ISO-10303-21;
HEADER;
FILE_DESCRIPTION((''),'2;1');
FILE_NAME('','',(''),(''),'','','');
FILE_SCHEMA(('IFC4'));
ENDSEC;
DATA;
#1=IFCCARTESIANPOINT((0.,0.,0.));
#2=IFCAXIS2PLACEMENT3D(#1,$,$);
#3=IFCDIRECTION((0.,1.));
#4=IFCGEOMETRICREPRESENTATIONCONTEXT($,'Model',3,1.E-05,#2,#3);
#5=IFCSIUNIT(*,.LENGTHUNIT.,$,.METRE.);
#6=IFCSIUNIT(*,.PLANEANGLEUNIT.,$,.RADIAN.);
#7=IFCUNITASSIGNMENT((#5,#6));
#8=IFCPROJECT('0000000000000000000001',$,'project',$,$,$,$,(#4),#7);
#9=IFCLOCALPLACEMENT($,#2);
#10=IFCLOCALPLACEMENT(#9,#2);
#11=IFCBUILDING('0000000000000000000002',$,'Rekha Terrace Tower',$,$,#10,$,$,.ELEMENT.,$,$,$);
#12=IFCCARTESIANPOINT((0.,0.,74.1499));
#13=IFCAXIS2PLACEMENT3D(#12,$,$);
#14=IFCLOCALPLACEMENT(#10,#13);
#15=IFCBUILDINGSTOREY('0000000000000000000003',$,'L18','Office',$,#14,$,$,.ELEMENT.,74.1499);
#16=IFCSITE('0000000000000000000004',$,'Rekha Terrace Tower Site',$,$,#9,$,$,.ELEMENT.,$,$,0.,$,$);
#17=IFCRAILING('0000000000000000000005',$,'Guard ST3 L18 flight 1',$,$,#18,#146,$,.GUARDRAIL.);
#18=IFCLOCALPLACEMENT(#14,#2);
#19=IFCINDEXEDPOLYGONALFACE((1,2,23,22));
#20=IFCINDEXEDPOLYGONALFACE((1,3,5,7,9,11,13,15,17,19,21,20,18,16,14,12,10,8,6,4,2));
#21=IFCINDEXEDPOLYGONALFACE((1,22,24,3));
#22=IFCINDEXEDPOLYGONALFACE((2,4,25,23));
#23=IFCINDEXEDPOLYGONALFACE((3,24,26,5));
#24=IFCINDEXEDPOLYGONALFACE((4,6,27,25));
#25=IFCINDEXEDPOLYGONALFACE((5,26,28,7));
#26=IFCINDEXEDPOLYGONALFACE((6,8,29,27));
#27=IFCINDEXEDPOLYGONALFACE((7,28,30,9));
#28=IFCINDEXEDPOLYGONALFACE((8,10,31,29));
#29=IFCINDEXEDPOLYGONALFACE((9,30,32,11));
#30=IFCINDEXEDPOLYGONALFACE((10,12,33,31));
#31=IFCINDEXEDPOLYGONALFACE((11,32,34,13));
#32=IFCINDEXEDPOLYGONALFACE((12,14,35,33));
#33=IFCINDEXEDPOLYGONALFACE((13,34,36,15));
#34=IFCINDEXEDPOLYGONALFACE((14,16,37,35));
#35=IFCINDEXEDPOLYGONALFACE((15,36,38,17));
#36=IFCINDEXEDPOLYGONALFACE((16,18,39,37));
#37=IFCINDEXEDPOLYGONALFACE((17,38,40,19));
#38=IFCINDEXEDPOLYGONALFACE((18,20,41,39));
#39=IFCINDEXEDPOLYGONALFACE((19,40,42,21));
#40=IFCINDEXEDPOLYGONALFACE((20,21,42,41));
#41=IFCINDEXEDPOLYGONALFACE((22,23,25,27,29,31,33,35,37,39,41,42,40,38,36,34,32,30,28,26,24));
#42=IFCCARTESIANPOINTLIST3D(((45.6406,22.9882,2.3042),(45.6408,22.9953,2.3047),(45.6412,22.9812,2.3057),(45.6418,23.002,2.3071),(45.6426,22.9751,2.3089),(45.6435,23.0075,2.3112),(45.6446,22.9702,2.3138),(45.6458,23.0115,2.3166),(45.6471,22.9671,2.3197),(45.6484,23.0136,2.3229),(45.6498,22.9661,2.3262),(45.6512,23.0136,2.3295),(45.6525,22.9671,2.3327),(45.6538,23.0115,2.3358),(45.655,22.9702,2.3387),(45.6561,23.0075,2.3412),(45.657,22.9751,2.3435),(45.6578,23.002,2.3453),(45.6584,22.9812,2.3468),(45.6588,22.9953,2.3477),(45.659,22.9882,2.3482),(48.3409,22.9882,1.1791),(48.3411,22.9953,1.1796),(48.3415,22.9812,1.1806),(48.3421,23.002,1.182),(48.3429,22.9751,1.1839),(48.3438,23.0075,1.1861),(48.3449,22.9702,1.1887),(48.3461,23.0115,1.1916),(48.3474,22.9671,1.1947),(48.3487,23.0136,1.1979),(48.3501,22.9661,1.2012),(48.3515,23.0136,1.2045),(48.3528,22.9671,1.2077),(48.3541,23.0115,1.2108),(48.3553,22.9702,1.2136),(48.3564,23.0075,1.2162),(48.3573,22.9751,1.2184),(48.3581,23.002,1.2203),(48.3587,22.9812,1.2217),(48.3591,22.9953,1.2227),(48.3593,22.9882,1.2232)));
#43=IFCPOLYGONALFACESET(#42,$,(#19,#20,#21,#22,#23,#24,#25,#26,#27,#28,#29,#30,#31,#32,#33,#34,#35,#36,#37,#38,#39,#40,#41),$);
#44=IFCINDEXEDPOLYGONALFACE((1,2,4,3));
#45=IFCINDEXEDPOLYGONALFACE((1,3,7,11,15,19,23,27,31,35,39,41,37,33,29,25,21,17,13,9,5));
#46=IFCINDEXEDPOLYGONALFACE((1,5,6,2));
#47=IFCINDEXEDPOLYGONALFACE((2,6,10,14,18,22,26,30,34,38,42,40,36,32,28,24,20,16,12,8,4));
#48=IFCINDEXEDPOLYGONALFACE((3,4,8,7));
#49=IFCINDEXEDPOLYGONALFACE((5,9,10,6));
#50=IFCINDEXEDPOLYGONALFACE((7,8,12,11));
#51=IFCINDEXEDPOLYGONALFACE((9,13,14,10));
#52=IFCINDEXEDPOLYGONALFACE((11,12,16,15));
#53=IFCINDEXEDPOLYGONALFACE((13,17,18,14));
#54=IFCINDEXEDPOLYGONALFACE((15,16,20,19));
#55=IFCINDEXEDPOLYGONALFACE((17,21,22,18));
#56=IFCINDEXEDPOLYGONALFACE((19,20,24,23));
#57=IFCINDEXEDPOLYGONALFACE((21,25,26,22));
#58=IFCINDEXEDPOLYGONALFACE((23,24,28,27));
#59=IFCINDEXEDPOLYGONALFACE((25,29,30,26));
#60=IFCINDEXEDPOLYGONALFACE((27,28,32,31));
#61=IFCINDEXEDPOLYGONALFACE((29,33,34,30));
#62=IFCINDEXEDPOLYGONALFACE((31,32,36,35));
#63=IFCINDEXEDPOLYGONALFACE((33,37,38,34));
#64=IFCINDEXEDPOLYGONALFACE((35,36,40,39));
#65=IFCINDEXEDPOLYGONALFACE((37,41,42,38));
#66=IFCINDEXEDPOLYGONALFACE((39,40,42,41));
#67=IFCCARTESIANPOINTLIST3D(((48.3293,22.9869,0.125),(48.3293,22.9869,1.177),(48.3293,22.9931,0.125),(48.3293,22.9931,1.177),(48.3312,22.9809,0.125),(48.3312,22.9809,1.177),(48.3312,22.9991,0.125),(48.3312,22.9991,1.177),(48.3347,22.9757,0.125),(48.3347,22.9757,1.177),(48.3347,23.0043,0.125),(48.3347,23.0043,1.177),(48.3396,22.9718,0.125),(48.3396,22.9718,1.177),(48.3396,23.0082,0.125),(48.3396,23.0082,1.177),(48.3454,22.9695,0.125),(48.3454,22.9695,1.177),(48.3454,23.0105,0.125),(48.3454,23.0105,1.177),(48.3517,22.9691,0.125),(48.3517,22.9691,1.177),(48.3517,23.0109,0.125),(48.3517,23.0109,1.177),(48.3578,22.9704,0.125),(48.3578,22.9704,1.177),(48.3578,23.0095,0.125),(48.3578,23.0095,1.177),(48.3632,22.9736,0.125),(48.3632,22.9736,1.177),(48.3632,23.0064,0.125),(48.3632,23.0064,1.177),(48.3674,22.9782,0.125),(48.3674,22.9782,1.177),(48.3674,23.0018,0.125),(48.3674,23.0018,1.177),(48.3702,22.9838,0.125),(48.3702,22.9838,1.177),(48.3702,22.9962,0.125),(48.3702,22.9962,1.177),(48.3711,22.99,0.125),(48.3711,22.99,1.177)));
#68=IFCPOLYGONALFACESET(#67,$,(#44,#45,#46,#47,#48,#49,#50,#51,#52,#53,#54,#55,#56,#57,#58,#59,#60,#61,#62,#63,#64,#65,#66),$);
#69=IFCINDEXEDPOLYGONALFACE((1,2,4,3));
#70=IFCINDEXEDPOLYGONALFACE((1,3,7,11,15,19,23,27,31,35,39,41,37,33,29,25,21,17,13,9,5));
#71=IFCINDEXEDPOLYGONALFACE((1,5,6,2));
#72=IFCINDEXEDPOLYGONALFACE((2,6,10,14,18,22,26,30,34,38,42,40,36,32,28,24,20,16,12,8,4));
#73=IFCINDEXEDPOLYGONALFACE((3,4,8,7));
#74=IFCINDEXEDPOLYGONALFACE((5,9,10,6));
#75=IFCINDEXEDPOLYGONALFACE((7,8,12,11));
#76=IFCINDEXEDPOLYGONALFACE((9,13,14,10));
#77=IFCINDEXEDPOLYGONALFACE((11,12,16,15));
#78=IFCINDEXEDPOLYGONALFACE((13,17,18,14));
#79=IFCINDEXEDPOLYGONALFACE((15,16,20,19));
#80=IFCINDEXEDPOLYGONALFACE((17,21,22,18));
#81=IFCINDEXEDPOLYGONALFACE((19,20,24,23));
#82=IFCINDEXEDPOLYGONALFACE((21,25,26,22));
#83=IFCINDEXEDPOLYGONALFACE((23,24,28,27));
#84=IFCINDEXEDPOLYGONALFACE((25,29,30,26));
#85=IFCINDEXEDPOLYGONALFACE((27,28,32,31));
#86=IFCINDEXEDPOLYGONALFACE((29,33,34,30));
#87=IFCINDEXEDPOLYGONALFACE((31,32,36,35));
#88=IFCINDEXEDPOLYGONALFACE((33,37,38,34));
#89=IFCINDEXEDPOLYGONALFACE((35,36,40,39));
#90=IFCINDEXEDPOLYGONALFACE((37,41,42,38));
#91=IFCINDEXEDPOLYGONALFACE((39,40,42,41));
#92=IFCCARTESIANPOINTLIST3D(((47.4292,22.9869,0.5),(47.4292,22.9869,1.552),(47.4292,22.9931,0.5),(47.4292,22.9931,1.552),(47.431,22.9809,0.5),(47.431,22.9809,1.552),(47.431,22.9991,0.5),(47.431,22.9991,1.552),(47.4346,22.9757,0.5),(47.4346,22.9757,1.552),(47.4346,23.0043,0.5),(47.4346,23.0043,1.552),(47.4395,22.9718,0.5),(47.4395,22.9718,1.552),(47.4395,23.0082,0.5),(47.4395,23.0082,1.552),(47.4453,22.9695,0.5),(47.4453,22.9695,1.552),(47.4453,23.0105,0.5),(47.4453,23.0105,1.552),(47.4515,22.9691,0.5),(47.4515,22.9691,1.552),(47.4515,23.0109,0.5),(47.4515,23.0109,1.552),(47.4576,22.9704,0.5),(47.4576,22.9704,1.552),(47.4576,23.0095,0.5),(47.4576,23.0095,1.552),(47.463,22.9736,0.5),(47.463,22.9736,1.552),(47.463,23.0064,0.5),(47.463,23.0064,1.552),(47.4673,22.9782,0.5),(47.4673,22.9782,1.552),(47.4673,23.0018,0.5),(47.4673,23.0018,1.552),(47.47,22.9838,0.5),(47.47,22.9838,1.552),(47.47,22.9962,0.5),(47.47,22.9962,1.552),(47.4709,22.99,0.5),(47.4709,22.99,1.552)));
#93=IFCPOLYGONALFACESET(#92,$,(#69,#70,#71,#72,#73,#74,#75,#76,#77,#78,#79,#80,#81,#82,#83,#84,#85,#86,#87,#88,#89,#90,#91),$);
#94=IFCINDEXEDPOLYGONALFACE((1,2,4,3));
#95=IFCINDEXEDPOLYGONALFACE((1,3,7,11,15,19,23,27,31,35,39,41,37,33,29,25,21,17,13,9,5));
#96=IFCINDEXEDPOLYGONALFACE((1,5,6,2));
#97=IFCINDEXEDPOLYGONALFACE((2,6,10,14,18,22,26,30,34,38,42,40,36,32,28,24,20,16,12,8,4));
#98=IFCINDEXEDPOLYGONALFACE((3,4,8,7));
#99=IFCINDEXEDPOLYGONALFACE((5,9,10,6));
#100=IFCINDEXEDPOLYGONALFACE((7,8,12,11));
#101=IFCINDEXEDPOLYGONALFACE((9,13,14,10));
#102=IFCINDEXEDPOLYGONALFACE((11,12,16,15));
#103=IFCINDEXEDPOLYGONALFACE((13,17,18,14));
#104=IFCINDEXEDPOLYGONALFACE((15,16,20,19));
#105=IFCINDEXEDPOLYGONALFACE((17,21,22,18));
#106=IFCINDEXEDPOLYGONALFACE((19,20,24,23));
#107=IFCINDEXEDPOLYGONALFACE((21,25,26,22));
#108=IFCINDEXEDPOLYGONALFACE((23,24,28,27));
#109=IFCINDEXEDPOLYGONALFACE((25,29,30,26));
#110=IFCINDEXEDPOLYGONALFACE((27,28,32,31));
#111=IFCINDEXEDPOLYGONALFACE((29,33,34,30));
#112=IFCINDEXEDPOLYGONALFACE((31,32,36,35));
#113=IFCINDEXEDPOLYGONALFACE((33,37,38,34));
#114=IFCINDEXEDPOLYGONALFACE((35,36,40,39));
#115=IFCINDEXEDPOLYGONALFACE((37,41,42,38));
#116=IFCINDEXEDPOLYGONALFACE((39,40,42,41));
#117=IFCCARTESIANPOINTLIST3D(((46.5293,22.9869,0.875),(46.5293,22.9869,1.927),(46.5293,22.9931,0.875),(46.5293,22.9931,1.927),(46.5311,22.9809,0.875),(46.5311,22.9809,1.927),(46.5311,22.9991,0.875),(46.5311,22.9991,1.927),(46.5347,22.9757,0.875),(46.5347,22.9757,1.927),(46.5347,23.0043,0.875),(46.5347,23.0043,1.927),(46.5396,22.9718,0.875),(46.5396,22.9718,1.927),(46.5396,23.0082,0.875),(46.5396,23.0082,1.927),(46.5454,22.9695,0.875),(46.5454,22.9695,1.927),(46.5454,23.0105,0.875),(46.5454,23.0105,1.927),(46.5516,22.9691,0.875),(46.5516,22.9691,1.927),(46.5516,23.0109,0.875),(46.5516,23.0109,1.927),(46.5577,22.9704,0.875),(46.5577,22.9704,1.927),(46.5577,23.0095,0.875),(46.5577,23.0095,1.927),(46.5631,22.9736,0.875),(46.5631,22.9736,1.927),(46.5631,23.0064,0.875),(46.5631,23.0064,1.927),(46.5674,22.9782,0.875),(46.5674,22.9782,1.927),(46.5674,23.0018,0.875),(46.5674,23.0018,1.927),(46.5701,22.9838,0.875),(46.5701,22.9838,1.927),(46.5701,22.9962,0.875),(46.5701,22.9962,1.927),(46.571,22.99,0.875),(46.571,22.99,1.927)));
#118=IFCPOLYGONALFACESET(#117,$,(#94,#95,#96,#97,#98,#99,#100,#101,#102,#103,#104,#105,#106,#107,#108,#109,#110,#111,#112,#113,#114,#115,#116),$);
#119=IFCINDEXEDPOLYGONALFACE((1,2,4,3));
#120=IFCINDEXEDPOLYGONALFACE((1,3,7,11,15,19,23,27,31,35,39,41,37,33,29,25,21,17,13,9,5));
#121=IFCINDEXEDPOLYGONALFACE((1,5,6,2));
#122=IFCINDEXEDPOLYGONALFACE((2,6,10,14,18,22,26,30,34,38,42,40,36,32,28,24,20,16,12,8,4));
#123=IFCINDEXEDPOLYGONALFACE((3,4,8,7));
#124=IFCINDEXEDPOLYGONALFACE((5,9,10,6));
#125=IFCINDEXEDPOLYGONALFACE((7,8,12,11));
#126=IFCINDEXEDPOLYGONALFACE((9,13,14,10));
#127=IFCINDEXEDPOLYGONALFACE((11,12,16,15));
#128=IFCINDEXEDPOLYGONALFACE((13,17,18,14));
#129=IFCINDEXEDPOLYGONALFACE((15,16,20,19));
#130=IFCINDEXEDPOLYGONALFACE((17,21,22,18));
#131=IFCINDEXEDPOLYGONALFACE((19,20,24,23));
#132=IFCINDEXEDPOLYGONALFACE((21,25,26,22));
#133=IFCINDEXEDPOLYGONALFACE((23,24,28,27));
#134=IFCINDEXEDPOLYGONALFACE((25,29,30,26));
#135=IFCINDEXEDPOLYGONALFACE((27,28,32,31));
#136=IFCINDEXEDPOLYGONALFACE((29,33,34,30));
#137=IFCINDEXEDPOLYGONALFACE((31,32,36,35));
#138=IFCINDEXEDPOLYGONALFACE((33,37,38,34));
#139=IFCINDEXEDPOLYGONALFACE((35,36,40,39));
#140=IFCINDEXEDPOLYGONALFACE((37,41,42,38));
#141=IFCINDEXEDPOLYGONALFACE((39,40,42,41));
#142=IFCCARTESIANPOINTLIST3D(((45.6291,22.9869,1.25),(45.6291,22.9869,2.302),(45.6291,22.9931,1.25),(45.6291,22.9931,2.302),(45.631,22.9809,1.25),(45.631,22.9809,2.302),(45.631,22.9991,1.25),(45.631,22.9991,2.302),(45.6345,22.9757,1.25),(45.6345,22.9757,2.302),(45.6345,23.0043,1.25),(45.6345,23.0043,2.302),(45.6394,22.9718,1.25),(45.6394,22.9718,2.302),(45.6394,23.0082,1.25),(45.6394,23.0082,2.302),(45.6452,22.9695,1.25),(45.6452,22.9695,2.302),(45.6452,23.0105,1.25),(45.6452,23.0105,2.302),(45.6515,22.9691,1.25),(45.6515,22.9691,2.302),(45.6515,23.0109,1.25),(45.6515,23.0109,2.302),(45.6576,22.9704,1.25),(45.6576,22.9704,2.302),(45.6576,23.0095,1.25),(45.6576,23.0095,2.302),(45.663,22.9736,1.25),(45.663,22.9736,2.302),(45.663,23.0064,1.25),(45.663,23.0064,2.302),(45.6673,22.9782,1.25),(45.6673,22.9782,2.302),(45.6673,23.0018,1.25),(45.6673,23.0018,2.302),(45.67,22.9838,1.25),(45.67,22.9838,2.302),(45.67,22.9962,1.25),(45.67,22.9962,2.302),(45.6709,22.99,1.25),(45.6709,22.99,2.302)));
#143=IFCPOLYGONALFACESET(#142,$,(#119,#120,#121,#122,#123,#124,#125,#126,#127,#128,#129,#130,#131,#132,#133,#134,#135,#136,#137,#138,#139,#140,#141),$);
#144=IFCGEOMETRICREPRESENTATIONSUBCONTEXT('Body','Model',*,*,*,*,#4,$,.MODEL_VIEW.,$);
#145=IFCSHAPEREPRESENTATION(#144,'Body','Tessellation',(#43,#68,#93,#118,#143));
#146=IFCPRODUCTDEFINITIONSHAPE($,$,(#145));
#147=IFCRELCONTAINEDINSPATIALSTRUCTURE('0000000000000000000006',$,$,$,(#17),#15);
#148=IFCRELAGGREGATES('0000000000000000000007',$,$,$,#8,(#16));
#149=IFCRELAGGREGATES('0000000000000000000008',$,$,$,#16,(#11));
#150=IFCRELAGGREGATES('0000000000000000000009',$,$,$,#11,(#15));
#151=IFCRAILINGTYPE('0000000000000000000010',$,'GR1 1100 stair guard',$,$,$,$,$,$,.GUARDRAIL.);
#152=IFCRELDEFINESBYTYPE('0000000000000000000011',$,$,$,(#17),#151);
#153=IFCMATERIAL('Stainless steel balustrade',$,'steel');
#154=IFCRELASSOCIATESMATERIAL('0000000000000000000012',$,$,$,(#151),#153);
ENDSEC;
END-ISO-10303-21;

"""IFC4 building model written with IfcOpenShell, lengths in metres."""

from ifc_helpers import new_model, si_unit, direction, frame, origin, origin_2d, place, context, subcontext, project, spatial, circle, extrude, material, type_object, element, save


model = new_model("IFC4")

# Units and contexts
model_context = context("Model", 3, precision=1e-05, world=origin(), true_north=direction((0.0, 1.0)))
body_context = subcontext(model_context, "Body", "Model", "MODEL_VIEW")
ifc_project = project(units=[si_unit("LENGTHUNIT", "METRE"), si_unit("PLANEANGLEUNIT", "RADIAN")], contexts=[model_context])

# Site, building, storey
site_placement = place(None, origin())
site = spatial("IfcSite", under=ifc_project, at=site_placement, Name="Rekha Terrace Tower Site", CompositionType="ELEMENT", RefElevation=0.0)
building_placement = place(site_placement, origin())
building = spatial("IfcBuilding", under=site, at=building_placement, Name="Rekha Terrace Tower", CompositionType="ELEMENT")
storey_placement = place(building_placement, frame((0.0, 0.0, 74.1499)))
storey = spatial("IfcBuildingStorey", under=building, at=storey_placement, Name="L18", Description="Office", CompositionType="ELEMENT", Elevation=74.1499)

# Railing
ifc_material_1 = material(Name="Stainless steel balustrade", Category="steel")
railing_type_1 = type_object("IfcRailingType", Name="GR1 1100 stair guard", PredefinedType="GUARDRAIL", material=ifc_material_1)
railing_1_placement = place(storey_placement, frame((48.3501, 22.99, 0.125)))
element("IfcRailing", 1, at=railing_1_placement, inside=storey, type_object=railing_type_1, Name="Guard ST3 L18 flight 1", PredefinedType="GUARDRAIL", context=body_context, shape_type="SweptSolid", body=[
    extrude(circle(Radius=0.0239, at=origin_2d()), frame((0.0, 0.0, 1.0762), z_axis=(-0.923087, 0.0, 0.384592), x_axis=(0.0, -1.0, 0.0)), (0.0, 0.0, 1.0), 2.9253),
    extrude(circle(Radius=0.021, at=origin_2d()), origin(), (0.0, 0.0, 1.0), 1.052),
    extrude(circle(Radius=0.021, at=origin_2d()), frame((-0.9001, 0.0, 0.375)), (0.0, 0.0, 1.0), 1.052),
    extrude(circle(Radius=0.021, at=origin_2d()), frame((-1.8, 0.0, 0.75)), (0.0, 0.0, 1.0), 1.052),
    extrude(circle(Radius=0.021, at=origin_2d()), frame((-2.7002, 0.0, 1.125)), (0.0, 0.0, 1.0), 1.052),
])

save(model, "model.ifc")
